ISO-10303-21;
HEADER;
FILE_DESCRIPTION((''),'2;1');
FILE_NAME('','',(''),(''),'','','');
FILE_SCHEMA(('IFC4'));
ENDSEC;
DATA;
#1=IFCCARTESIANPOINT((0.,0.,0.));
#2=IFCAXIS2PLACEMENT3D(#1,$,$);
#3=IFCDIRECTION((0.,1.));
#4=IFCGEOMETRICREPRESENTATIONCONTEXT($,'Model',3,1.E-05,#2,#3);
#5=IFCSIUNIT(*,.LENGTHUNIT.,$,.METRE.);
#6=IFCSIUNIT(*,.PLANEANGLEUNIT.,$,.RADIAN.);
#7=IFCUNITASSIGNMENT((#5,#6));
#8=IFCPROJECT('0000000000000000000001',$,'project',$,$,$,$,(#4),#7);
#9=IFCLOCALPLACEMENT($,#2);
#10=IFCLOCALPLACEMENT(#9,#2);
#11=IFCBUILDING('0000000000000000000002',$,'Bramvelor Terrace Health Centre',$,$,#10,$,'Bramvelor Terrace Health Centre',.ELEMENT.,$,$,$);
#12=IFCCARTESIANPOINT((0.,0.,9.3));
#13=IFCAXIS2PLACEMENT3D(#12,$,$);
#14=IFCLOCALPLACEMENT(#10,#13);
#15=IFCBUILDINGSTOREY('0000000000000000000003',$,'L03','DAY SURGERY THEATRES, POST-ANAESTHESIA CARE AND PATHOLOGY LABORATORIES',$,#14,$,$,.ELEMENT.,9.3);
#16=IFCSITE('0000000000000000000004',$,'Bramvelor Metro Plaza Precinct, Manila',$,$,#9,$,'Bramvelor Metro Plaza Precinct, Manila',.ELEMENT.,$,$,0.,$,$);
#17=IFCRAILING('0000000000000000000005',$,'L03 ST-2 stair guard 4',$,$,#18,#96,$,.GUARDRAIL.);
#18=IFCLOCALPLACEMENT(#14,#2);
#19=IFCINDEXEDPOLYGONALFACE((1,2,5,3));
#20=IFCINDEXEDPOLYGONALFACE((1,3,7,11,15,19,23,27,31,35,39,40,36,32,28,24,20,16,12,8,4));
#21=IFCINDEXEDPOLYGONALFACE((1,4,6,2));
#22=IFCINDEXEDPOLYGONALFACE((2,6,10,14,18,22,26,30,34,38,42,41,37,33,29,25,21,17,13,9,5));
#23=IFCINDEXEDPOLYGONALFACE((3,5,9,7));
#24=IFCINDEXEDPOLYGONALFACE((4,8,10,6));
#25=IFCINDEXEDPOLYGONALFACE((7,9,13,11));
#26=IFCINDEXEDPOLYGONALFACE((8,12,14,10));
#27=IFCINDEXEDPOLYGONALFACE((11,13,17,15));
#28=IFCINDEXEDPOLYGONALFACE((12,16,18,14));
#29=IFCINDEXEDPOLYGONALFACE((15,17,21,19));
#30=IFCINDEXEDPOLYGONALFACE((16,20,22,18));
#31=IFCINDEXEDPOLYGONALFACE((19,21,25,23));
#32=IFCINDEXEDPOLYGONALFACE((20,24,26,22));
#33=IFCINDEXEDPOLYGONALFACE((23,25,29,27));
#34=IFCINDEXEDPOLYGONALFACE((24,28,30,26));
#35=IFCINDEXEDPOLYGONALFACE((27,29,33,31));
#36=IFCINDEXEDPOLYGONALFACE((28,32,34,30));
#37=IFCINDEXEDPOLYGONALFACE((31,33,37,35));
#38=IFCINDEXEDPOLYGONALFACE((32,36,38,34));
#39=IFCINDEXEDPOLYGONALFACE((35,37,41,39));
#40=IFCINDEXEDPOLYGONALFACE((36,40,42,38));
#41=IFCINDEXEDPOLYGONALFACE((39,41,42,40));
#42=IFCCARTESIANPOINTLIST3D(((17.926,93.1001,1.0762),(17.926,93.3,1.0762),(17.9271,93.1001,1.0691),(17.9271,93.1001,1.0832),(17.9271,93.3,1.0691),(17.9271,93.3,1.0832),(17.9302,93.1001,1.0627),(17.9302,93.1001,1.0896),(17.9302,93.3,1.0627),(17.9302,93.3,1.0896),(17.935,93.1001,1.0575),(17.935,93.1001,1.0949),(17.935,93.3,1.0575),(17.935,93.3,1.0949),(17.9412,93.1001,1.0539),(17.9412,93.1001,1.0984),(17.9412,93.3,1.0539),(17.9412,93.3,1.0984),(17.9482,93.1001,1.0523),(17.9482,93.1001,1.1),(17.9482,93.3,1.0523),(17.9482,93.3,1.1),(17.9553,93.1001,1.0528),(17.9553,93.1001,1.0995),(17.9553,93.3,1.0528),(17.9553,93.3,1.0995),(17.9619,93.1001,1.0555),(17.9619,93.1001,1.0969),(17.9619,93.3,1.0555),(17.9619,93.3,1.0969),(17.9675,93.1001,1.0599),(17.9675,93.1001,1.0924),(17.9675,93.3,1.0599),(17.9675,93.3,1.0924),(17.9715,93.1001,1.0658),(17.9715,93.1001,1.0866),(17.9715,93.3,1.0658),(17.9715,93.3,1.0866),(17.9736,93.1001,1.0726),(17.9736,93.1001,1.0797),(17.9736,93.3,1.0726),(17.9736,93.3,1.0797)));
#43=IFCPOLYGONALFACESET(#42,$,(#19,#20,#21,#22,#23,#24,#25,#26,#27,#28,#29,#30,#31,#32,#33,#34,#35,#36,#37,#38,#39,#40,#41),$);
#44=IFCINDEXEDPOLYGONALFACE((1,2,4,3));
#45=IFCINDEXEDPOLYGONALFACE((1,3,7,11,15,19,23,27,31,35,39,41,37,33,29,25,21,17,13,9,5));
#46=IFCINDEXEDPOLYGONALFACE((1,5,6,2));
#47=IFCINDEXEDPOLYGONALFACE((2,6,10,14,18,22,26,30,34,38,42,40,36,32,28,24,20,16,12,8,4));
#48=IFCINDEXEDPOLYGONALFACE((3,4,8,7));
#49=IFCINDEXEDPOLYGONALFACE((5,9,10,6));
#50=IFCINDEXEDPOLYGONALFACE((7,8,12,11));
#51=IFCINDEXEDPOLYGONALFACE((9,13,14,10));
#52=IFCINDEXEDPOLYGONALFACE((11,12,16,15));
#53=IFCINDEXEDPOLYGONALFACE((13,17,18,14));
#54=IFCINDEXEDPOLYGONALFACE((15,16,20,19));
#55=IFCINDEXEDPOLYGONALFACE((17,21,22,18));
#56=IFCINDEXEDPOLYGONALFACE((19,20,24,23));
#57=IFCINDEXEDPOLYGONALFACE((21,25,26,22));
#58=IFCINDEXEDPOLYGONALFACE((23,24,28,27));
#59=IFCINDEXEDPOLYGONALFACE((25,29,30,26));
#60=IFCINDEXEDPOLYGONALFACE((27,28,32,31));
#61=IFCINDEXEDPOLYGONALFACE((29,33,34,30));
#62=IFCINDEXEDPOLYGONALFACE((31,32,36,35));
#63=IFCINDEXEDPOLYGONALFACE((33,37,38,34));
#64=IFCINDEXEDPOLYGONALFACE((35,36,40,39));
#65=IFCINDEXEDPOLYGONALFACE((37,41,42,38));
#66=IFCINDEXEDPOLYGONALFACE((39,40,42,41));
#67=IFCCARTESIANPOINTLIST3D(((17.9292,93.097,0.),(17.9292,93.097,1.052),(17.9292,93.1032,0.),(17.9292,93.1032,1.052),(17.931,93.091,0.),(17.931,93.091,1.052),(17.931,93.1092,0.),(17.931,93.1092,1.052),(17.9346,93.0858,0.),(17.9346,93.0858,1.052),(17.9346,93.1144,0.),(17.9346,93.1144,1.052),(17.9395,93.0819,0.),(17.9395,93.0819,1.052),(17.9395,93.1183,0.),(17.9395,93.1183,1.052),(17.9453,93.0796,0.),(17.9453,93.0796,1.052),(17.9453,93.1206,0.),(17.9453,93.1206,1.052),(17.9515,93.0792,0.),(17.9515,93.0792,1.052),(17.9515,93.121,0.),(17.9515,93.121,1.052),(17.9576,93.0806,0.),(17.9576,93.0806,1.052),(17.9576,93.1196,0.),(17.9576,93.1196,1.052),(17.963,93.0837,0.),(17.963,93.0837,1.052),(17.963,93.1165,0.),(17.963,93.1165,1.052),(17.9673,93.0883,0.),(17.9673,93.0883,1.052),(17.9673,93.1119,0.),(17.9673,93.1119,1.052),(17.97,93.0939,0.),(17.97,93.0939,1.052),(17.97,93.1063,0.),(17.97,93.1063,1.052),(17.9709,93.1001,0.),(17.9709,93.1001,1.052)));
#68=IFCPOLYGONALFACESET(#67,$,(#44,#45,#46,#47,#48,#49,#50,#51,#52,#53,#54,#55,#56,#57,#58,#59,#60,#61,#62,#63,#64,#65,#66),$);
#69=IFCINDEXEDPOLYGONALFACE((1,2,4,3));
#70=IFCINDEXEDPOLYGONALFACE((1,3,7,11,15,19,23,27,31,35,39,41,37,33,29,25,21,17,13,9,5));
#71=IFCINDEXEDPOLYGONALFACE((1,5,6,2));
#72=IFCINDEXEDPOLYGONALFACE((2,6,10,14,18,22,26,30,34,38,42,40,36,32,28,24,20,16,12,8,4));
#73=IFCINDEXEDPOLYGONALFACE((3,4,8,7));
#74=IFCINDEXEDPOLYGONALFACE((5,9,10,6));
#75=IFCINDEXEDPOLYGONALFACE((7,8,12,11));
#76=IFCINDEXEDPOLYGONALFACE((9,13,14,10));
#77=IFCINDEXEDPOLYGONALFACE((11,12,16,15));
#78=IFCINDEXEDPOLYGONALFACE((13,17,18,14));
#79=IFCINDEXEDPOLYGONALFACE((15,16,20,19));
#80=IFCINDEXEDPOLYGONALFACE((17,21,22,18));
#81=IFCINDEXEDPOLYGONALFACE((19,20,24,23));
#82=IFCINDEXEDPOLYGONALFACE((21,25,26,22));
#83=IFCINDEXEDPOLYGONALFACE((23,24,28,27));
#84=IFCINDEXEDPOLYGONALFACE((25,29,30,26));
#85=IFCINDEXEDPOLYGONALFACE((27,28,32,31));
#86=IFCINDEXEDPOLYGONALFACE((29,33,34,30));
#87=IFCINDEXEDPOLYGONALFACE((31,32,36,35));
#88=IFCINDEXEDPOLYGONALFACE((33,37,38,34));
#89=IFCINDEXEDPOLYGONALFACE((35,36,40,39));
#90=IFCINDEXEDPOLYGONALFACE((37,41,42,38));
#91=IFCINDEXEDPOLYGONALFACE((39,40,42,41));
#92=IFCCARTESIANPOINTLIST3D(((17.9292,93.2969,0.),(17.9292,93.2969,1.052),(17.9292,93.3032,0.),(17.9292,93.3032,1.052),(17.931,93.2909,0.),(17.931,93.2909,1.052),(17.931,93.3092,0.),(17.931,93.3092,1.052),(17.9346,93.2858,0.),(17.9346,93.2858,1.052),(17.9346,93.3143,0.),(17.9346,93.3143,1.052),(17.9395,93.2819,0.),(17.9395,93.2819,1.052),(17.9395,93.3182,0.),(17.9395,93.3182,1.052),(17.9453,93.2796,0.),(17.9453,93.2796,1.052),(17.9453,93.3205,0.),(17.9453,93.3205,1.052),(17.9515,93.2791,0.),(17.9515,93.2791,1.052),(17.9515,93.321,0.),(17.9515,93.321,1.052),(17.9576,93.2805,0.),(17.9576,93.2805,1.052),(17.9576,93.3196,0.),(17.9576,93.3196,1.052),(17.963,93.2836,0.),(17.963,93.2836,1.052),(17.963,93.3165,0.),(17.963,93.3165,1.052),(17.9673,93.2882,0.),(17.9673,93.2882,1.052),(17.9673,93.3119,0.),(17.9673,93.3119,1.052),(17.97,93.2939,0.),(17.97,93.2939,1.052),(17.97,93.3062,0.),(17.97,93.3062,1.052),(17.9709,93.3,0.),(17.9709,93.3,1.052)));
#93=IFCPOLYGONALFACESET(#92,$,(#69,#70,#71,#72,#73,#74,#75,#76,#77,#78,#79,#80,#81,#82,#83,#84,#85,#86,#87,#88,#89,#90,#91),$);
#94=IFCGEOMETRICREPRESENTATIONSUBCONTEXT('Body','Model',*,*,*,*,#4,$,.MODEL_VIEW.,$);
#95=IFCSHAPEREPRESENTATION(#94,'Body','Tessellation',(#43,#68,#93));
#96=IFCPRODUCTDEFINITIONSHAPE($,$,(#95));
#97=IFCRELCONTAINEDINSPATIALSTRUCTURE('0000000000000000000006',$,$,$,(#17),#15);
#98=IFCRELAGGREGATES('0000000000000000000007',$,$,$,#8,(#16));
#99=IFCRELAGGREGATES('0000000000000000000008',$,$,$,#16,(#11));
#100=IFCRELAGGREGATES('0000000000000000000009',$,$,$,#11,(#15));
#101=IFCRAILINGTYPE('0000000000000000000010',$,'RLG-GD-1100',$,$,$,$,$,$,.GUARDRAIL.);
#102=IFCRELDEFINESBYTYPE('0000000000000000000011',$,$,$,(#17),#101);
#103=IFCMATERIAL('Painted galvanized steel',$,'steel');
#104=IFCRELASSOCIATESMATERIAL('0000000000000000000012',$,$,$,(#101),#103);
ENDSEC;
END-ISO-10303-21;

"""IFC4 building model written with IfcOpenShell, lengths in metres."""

from ifc_helpers import new_model, si_unit, direction, frame, origin, origin_2d, place, context, subcontext, project, spatial, circle, extrude, material, type_object, element, save


model = new_model("IFC4")

# Units and contexts
model_context = context("Model", 3, precision=1e-05, world=origin(), true_north=direction((0.0, 1.0)))
body_context = subcontext(model_context, "Body", "Model", "MODEL_VIEW")
ifc_project = project(units=[si_unit("LENGTHUNIT", "METRE"), si_unit("PLANEANGLEUNIT", "RADIAN")], contexts=[model_context])

# Site, building, storey
site_placement = place(None, origin())
site = spatial("IfcSite", under=ifc_project, at=site_placement, Name="Bramvelor Metro Plaza Precinct, Manila", LongName="Bramvelor Metro Plaza Precinct, Manila", CompositionType="ELEMENT", RefElevation=0.0)
building_placement = place(site_placement, origin())
building = spatial("IfcBuilding", under=site, at=building_placement, Name="Bramvelor Terrace Health Centre", LongName="Bramvelor Terrace Health Centre", CompositionType="ELEMENT")
storey_placement = place(building_placement, frame((0.0, 0.0, 9.3)))
storey = spatial("IfcBuildingStorey", under=building, at=storey_placement, Name="L03", Description="DAY SURGERY THEATRES, POST-ANAESTHESIA CARE AND PATHOLOGY LABORATORIES", CompositionType="ELEMENT", Elevation=9.3)

# Railing
ifc_material_1 = material(Name="Painted galvanized steel", Category="steel")
railing_type_1 = type_object("IfcRailingType", Name="RLG-GD-1100", PredefinedType="GUARDRAIL", material=ifc_material_1)
railing_1_placement = place(storey_placement, frame((17.95, 93.1001, 0.0)))
element("IfcRailing", 1, at=railing_1_placement, inside=storey, type_object=railing_type_1, Name="L03 ST-2 stair guard 4", PredefinedType="GUARDRAIL", context=body_context, shape_type="SweptSolid", body=[
    extrude(circle(Radius=0.0239, at=origin_2d()), frame((0.0, 0.0, 1.0762), z_axis=(0.0, 1.0, 0.0), x_axis=(-1.0, 0.0, 0.0)), (0.0, 0.0, 1.0), 0.2),
    extrude(circle(Radius=0.021, at=origin_2d()), origin(), (0.0, 0.0, 1.0), 1.052),
    extrude(circle(Radius=0.021, at=origin_2d()), frame((0.0, 0.2, 0.0)), (0.0, 0.0, 1.0), 1.052),
])

save(model, "model.ifc")
